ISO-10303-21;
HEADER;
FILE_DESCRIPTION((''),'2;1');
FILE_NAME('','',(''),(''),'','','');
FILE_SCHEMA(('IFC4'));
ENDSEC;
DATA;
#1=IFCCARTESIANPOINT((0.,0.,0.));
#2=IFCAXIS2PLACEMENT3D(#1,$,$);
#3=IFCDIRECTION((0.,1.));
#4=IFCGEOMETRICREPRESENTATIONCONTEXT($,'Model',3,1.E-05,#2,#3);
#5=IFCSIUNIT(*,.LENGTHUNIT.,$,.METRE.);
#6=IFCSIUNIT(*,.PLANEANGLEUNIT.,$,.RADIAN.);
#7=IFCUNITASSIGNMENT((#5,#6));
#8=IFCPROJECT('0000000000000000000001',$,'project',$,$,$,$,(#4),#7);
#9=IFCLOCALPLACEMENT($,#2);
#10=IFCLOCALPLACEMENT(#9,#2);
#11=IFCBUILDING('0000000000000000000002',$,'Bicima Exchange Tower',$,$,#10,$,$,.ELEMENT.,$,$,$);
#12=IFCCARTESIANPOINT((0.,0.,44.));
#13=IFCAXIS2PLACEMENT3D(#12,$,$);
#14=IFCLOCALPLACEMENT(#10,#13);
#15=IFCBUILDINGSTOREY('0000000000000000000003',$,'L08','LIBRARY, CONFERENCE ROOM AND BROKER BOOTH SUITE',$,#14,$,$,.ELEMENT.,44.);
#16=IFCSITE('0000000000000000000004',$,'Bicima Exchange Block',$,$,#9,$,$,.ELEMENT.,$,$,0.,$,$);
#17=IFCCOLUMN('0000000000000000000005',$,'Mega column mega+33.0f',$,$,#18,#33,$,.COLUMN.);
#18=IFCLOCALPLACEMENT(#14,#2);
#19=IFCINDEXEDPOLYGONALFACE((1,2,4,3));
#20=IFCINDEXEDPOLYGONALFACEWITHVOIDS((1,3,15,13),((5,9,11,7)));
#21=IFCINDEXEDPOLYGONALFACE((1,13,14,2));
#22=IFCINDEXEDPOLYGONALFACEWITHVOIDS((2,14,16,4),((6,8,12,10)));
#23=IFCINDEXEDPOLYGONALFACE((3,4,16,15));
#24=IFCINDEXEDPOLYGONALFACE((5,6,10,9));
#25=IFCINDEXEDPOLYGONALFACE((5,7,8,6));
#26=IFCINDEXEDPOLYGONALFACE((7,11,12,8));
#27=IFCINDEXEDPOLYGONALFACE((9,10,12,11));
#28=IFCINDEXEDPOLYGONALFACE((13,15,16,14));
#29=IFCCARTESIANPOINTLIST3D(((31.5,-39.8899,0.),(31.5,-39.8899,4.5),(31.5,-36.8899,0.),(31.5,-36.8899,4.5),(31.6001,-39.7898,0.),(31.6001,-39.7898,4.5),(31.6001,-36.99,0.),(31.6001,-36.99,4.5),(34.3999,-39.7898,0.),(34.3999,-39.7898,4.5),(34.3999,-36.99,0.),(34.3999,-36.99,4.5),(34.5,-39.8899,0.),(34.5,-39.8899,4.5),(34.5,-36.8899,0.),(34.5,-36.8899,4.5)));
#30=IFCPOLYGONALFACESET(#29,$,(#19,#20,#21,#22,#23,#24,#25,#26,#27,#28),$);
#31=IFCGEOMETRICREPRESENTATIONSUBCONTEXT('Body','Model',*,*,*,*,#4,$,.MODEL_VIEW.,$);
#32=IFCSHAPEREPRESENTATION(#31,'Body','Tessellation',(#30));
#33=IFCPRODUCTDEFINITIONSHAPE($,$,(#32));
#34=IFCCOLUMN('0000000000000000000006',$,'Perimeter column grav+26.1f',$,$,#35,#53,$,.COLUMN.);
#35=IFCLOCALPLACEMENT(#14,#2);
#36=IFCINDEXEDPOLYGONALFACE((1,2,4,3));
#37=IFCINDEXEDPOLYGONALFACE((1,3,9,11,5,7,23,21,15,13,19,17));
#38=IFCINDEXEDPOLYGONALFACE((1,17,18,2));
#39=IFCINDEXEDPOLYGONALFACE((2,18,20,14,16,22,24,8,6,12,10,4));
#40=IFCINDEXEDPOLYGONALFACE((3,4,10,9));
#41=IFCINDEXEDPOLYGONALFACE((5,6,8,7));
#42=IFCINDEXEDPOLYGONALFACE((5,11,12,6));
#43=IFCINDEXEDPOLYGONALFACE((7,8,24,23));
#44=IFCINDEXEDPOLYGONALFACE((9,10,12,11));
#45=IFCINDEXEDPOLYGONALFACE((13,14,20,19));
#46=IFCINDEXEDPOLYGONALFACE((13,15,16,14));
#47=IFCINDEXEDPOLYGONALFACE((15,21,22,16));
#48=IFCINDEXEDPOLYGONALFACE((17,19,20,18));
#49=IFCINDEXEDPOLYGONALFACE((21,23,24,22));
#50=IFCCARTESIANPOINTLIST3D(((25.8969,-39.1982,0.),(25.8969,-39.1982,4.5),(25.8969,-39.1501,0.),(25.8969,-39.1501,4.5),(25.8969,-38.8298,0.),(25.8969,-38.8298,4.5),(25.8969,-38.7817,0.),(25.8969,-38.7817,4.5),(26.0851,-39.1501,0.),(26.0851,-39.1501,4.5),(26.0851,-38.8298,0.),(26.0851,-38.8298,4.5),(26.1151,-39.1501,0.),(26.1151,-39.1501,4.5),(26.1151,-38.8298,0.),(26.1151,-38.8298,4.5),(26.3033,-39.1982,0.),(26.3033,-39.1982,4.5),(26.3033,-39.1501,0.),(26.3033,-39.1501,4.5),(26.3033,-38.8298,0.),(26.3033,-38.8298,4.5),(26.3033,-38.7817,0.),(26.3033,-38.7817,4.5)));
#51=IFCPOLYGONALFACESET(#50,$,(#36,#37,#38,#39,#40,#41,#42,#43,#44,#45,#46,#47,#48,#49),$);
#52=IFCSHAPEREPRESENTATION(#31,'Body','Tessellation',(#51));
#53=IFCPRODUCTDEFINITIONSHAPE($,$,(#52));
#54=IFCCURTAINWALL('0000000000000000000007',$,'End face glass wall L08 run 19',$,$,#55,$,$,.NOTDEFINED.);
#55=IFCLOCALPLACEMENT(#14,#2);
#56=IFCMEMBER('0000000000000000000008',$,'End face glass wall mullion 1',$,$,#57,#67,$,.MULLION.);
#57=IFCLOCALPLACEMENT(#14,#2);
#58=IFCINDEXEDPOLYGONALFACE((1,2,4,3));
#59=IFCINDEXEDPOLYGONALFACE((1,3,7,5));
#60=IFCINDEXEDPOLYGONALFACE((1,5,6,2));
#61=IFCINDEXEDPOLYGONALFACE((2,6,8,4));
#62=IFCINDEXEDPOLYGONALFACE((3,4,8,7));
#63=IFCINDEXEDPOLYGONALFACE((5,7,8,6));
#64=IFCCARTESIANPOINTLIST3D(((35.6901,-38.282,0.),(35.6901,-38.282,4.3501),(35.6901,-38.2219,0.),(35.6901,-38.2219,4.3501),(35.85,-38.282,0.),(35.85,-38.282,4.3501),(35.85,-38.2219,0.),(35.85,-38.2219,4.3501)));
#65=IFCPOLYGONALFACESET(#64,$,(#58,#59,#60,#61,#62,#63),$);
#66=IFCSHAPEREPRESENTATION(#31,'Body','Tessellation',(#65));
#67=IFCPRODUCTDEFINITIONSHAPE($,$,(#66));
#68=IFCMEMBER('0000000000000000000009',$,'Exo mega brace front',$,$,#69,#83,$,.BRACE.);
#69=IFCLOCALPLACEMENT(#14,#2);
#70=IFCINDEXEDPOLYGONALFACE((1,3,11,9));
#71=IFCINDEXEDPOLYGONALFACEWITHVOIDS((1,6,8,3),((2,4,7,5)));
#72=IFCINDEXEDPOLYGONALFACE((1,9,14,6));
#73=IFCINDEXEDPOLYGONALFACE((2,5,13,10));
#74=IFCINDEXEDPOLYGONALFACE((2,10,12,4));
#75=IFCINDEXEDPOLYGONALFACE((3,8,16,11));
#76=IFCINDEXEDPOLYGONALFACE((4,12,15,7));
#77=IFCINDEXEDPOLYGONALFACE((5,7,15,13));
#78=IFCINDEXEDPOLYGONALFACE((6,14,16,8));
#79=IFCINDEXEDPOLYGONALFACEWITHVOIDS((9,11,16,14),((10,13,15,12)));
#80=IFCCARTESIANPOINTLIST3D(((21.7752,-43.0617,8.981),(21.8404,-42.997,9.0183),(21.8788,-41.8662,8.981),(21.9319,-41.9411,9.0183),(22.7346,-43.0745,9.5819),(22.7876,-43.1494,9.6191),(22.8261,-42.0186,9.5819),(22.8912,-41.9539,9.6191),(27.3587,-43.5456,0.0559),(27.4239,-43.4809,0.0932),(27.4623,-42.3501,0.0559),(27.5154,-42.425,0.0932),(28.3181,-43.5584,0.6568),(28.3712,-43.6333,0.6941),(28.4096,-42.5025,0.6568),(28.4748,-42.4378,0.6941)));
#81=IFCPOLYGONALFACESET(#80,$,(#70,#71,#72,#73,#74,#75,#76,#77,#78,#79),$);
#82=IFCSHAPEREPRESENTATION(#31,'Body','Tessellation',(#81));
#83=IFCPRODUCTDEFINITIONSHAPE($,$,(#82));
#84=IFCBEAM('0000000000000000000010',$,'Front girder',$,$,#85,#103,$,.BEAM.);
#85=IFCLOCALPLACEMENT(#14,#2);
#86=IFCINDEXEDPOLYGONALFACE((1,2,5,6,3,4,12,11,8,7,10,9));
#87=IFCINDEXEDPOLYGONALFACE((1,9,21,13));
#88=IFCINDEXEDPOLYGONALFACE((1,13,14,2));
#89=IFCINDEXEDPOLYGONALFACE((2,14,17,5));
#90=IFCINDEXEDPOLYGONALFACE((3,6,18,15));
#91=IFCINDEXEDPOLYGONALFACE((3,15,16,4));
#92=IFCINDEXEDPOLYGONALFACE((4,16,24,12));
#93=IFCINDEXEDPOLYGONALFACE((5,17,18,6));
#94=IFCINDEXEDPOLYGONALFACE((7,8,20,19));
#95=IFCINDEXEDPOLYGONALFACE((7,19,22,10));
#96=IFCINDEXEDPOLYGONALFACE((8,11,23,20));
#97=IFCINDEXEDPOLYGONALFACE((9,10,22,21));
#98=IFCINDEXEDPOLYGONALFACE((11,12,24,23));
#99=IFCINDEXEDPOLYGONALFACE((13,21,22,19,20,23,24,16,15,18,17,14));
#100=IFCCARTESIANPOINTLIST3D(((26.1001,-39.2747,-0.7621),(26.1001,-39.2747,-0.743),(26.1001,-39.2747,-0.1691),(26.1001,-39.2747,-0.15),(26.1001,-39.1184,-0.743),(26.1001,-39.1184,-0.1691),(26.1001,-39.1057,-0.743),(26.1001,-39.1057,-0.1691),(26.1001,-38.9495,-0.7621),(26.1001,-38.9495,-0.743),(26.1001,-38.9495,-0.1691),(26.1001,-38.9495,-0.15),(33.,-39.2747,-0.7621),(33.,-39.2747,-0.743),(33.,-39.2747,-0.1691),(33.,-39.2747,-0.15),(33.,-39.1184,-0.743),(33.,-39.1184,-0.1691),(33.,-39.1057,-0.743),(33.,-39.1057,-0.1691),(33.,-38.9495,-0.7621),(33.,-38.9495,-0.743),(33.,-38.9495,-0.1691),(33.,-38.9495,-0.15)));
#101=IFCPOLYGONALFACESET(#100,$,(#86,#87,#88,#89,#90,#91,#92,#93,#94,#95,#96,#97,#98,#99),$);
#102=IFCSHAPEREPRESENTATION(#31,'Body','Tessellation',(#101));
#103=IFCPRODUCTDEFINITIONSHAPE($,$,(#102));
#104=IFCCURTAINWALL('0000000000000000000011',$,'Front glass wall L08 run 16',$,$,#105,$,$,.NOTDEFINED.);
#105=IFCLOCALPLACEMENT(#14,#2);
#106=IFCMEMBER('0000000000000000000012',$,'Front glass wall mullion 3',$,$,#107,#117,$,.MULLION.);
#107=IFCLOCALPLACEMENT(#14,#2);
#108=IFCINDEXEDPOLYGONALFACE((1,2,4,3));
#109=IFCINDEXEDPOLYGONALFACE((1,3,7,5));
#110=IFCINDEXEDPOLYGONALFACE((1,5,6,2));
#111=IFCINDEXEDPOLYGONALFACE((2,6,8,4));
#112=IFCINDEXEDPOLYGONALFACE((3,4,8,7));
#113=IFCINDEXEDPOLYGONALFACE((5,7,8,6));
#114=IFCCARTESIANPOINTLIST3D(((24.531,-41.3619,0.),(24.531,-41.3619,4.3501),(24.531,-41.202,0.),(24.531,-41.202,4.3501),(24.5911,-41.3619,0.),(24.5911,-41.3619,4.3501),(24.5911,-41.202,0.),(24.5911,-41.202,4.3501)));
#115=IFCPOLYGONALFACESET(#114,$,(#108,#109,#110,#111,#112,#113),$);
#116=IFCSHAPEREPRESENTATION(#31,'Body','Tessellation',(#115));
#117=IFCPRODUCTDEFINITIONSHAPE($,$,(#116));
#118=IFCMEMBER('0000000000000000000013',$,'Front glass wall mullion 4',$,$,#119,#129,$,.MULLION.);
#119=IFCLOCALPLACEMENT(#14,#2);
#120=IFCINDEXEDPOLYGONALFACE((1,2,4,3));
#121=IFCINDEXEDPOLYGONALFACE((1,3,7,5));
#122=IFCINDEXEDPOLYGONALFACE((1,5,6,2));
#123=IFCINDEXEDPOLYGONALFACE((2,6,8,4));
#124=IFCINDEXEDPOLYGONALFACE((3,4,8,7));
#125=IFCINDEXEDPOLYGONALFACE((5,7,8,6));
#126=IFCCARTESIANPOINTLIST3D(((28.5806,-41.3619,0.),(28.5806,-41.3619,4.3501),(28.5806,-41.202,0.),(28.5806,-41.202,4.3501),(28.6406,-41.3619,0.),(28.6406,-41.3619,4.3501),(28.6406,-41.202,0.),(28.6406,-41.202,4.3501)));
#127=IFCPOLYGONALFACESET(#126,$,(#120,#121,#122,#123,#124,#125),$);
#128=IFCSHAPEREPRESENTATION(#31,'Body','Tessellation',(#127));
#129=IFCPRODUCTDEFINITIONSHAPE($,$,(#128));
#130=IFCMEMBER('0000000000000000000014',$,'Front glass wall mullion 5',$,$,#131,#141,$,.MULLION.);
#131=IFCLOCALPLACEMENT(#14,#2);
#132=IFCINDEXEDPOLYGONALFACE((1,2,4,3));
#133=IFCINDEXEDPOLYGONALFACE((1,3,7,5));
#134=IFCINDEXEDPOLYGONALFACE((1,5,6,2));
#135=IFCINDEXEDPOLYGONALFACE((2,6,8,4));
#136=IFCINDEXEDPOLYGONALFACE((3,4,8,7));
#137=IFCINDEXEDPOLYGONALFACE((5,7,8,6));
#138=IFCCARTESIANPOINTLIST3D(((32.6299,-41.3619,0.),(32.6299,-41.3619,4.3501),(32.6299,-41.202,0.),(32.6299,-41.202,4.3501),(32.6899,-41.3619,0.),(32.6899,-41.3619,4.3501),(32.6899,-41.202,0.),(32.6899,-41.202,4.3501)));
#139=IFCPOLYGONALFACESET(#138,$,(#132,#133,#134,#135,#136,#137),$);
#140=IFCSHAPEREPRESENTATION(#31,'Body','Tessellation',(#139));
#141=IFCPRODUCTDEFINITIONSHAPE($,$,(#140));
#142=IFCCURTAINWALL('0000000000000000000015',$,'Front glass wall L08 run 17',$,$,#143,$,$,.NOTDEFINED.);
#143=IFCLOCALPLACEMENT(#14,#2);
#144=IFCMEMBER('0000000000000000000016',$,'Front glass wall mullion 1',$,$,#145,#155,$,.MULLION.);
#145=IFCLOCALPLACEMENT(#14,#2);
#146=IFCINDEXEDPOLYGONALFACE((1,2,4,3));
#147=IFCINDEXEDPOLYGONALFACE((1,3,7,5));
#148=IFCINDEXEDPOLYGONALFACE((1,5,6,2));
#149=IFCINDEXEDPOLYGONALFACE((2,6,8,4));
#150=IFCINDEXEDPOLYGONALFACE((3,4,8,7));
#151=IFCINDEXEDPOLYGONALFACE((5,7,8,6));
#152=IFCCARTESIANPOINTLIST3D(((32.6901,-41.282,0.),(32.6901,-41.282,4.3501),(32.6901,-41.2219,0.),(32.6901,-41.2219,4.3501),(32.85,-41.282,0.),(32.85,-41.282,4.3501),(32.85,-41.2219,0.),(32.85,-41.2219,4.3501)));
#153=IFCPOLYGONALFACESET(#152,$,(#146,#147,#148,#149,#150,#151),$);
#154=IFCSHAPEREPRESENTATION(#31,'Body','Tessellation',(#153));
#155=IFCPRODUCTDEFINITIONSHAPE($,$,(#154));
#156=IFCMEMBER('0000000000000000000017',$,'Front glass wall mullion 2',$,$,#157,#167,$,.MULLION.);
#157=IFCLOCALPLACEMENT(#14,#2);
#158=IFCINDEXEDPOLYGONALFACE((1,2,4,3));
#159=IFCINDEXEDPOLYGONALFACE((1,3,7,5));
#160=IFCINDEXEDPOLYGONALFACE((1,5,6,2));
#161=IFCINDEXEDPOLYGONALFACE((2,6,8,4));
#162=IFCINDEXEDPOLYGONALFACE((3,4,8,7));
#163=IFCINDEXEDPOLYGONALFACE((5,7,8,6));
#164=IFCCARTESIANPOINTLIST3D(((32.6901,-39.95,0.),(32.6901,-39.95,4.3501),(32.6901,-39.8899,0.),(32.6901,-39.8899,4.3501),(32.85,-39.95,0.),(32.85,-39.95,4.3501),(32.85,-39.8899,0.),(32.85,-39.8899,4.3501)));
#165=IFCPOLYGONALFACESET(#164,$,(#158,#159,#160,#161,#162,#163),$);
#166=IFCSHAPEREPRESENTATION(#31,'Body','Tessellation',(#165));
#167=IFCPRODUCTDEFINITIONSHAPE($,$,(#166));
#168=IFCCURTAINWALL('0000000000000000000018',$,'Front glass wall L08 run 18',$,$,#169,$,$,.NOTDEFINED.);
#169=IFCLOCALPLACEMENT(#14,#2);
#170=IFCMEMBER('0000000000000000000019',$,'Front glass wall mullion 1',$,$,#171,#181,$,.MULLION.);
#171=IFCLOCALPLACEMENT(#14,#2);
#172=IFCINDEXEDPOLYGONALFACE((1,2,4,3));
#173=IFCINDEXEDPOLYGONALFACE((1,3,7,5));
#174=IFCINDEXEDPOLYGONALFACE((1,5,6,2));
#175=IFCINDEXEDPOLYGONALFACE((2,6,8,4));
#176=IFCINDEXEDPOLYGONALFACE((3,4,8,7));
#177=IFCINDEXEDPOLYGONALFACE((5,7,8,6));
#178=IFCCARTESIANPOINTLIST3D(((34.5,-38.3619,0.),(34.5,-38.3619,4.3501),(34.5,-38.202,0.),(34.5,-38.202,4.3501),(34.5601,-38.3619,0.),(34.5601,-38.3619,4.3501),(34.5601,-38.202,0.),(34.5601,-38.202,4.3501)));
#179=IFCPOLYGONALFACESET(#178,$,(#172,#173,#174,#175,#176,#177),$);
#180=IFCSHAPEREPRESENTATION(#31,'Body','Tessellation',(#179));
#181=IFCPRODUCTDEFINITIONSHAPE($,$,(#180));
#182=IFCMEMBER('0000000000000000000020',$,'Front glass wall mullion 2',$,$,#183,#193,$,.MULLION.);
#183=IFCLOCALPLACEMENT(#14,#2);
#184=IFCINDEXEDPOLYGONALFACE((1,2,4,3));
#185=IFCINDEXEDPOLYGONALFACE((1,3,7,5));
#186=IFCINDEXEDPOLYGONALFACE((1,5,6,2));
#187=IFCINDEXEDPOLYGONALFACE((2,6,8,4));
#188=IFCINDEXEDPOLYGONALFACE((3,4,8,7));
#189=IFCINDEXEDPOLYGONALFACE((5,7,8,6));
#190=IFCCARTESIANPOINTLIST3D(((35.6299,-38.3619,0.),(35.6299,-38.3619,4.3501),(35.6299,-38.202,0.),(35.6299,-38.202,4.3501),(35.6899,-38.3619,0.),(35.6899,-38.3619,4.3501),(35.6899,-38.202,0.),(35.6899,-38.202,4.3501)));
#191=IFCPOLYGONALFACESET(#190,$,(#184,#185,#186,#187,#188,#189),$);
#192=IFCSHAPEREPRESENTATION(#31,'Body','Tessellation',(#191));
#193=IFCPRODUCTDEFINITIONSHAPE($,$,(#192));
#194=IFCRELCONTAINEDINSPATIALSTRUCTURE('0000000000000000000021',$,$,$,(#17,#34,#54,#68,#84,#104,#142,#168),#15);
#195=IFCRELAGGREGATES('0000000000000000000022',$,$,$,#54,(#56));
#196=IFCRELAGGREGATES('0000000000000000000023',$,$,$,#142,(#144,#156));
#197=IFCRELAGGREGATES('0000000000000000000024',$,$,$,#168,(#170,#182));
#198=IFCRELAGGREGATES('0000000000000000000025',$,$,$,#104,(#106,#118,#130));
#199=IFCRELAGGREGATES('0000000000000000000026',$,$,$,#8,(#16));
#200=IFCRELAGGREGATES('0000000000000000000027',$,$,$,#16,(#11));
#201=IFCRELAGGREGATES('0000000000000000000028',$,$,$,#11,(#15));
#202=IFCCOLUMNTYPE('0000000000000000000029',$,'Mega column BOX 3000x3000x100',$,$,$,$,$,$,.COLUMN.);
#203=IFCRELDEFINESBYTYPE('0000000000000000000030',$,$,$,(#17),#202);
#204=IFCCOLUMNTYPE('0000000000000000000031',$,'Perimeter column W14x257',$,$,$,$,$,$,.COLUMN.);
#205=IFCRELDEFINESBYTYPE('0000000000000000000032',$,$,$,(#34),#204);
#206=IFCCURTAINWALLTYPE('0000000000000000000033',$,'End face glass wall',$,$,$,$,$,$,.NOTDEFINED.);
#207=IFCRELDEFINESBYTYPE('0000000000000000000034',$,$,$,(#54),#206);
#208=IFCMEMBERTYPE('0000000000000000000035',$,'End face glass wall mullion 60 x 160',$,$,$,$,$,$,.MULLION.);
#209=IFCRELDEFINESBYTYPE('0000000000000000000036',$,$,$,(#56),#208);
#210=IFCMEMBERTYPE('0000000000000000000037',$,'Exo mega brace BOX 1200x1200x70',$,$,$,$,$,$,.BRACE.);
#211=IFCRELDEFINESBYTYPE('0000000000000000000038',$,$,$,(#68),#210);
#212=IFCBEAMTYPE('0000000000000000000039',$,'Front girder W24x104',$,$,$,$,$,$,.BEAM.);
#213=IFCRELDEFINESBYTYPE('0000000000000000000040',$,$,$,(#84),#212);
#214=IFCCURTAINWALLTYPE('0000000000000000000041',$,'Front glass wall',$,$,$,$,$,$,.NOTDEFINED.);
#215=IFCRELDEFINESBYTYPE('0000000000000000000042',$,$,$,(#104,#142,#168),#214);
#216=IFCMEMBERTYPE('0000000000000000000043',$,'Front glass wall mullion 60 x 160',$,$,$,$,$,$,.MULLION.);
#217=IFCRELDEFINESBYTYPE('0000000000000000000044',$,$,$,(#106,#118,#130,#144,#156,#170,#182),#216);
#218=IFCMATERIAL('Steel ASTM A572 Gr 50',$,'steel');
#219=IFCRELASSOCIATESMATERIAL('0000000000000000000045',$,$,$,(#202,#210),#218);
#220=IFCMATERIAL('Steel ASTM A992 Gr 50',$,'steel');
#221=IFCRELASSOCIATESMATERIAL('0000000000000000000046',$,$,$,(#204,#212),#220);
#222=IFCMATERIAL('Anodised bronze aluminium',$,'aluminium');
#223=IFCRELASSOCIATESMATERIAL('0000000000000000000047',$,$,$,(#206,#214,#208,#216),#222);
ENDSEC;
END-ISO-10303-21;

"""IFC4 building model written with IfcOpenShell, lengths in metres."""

from ifc_helpers import new_model, si_unit, direction, frame, origin, origin_2d, place, context, subcontext, project, spatial, rectangle, hollow_rectangle, i_section, extrude, material, material_profile, profile_set, type_object, element, aggregate, save


model = new_model("IFC4")

# Units and contexts
model_context = context("Model", 3, precision=1e-05, world=origin(), true_north=direction((0.0, 1.0)))
body_context = subcontext(model_context, "Body", "Model", "MODEL_VIEW")
ifc_project = project(units=[si_unit("LENGTHUNIT", "METRE"), si_unit("PLANEANGLEUNIT", "RADIAN")], contexts=[model_context])

# Site, building, storey
site_placement = place(None, origin())
site = spatial("IfcSite", under=ifc_project, at=site_placement, Name="Bicima Exchange Block", CompositionType="ELEMENT", RefElevation=0.0)
building_placement = place(site_placement, origin())
building = spatial("IfcBuilding", under=site, at=building_placement, Name="Bicima Exchange Tower", CompositionType="ELEMENT")
storey_placement = place(building_placement, frame((0.0, 0.0, 44.0)))
storey = spatial("IfcBuildingStorey", under=building, at=storey_placement, Name="L08", Description="LIBRARY, CONFERENCE ROOM AND BROKER BOOTH SUITE", CompositionType="ELEMENT", Elevation=44.0)

# Columns
ifc_material_1 = material(Name="Steel ASTM A572 Gr 50", Category="steel")
ifc_material_profile_1 = material_profile(ifc_material_1, hollow_rectangle(XDim=3.0, YDim=3.0, WallThickness=0.1001, at=origin_2d()))
ifc_profile_set_1 = profile_set([ifc_material_profile_1], Name="Steel ASTM A572 Gr 50")
column_type_1 = type_object("IfcColumnType", Name="Mega column BOX 3000x3000x100", PredefinedType="COLUMN", material=ifc_profile_set_1)
column_1_placement = place(storey_placement, frame((33.0, -38.3899, 0.0), z_axis=(0.0, 0.0, 1.0), x_axis=(1.0, 0.0, 0.0)))
element("IfcColumn", 1, at=column_1_placement, inside=storey, type_object=column_type_1, Name="Mega column mega+33.0f", PredefinedType="COLUMN", context=body_context, shape_type="SweptSolid", body=[
    extrude(hollow_rectangle(XDim=3.0, YDim=3.0, WallThickness=0.1001, at=origin_2d()), origin(), (0.0, 0.0, 1.0), 4.5),
])
ifc_material_2 = material(Name="Steel ASTM A992 Gr 50", Category="steel")
ifc_material_profile_2 = material_profile(ifc_material_2, i_section(OverallWidth=0.4065, OverallDepth=0.4165, WebThickness=0.03, FlangeThickness=0.0481, at=origin_2d()))
ifc_profile_set_2 = profile_set([ifc_material_profile_2], Name="Steel ASTM A992 Gr 50")
column_type_2 = type_object("IfcColumnType", Name="Perimeter column W14x257", PredefinedType="COLUMN", material=ifc_profile_set_2)
column_2_placement = place(storey_placement, frame((26.1001, -38.99, 0.0), z_axis=(0.0, 0.0, 1.0), x_axis=(1.0, 0.0, 0.0)))
element("IfcColumn", 2, at=column_2_placement, inside=storey, type_object=column_type_2, Name="Perimeter column grav+26.1f", PredefinedType="COLUMN", context=body_context, shape_type="SweptSolid", body=[
    extrude(i_section(OverallWidth=0.4065, OverallDepth=0.4165, WebThickness=0.03, FlangeThickness=0.0481, at=origin_2d()), origin(), (0.0, 0.0, 1.0), 4.5),
])

# Curtain wall, member
ifc_material_3 = material(Name="Anodised bronze aluminium", Category="aluminium")
curtain_wall_type_1 = type_object("IfcCurtainWallType", Name="End face glass wall", PredefinedType="NOTDEFINED", material=ifc_material_3)
curtain_wall_1_placement = place(storey_placement, origin())
curtain_wall_1 = element("IfcCurtainWall", 3, at=curtain_wall_1_placement, inside=storey, type_object=curtain_wall_type_1, Name="End face glass wall L08 run 19", PredefinedType="NOTDEFINED")
ifc_material_profile_3 = material_profile(ifc_material_3, rectangle(XDim=0.1599, YDim=0.0601, at=origin_2d()))
ifc_profile_set_3 = profile_set([ifc_material_profile_3], Name="Anodised bronze aluminium")
member_type_1 = type_object("IfcMemberType", Name="End face glass wall mullion 60 x 160", PredefinedType="MULLION", material=ifc_profile_set_3)
member_1_placement = place(storey_placement, frame((35.77, -38.252, 0.0), z_axis=(0.0, 0.0, 1.0), x_axis=(-1.0, 0.0, 0.0)))
member_1 = element("IfcMember", 4, at=member_1_placement, type_object=member_type_1, Name="End face glass wall mullion 1", PredefinedType="MULLION", context=body_context, shape_type="SweptSolid", body=[
    extrude(rectangle(XDim=0.1599, YDim=0.0601, at=origin_2d()), origin(), (0.0, 0.0, 1.0), 4.3501),
])
aggregate(curtain_wall_1, [member_1])

# Member
ifc_material_profile_4 = material_profile(ifc_material_1, hollow_rectangle(XDim=1.2, YDim=1.2, WallThickness=0.0701, at=origin_2d()))
ifc_profile_set_4 = profile_set([ifc_material_profile_4], Name="Steel ASTM A572 Gr 50")
member_type_2 = type_object("IfcMemberType", Name="Exo mega brace BOX 1200x1200x70", PredefinedType="BRACE", material=ifc_profile_set_4)
member_2_placement = place(storey_placement, frame((27.9167, -42.9917, 0.375), z_axis=(-0.529804, 0.045915, 0.846876), x_axis=(-0.08634, -0.996266, 0.0)))
element("IfcMember", 5, at=member_2_placement, inside=storey, type_object=member_type_2, Name="Exo mega brace front", PredefinedType="BRACE", context=body_context, shape_type="SweptSolid", body=[
    extrude(hollow_rectangle(XDim=1.2, YDim=1.2, WallThickness=0.0701, at=origin_2d()), origin(), (0.0, 0.0, 1.0), 10.5388),
])

# Beam
ifc_material_profile_5 = material_profile(ifc_material_2, i_section(OverallWidth=0.3252, OverallDepth=0.6121, WebThickness=0.0127, FlangeThickness=0.019, at=origin_2d()))
ifc_profile_set_5 = profile_set([ifc_material_profile_5], Name="Steel ASTM A992 Gr 50")
beam_type = type_object("IfcBeamType", Name="Front girder W24x104", PredefinedType="BEAM", material=ifc_profile_set_5)
beam_placement = place(storey_placement, frame((26.1001, -39.1121, -0.4561), z_axis=(1.0, 0.0, 0.0), x_axis=(0.0, 1.0, 0.0)))
element("IfcBeam", 6, at=beam_placement, inside=storey, type_object=beam_type, Name="Front girder", PredefinedType="BEAM", context=body_context, shape_type="SweptSolid", body=[
    extrude(i_section(OverallWidth=0.3252, OverallDepth=0.6121, WebThickness=0.0127, FlangeThickness=0.019, at=origin_2d()), origin(), (0.0, 0.0, 1.0), 6.8999),
])

# Curtain walls, members
curtain_wall_type_2 = type_object("IfcCurtainWallType", Name="Front glass wall", PredefinedType="NOTDEFINED", material=ifc_material_3)
curtain_wall_2_placement = place(storey_placement, origin())
curtain_wall_2 = element("IfcCurtainWall", 7, at=curtain_wall_2_placement, inside=storey, type_object=curtain_wall_type_2, Name="Front glass wall L08 run 16", PredefinedType="NOTDEFINED")
member_type_3 = type_object("IfcMemberType", Name="Front glass wall mullion 60 x 160", PredefinedType="MULLION", material=ifc_profile_set_3)
member_3_placement = place(storey_placement, frame((24.561, -41.282, 0.0), z_axis=(0.0, 0.0, 1.0), x_axis=(0.0, 1.0, 0.0)))
member_3 = element("IfcMember", 8, at=member_3_placement, type_object=member_type_3, Name="Front glass wall mullion 3", PredefinedType="MULLION", context=body_context, shape_type="SweptSolid", body=[
    extrude(rectangle(XDim=0.1599, YDim=0.0601, at=origin_2d()), origin(), (0.0, 0.0, 1.0), 4.3501),
])
member_4_placement = place(storey_placement, frame((28.6106, -41.282, 0.0), z_axis=(0.0, 0.0, 1.0), x_axis=(0.0, 1.0, 0.0)))
member_4 = element("IfcMember", 9, at=member_4_placement, type_object=member_type_3, Name="Front glass wall mullion 4", PredefinedType="MULLION", context=body_context, shape_type="SweptSolid", body=[
    extrude(rectangle(XDim=0.1599, YDim=0.0601, at=origin_2d()), origin(), (0.0, 0.0, 1.0), 4.3501),
])
member_5_placement = place(storey_placement, frame((32.6599, -41.282, 0.0), z_axis=(0.0, 0.0, 1.0), x_axis=(0.0, 1.0, 0.0)))
member_5 = element("IfcMember", 10, at=member_5_placement, type_object=member_type_3, Name="Front glass wall mullion 5", PredefinedType="MULLION", context=body_context, shape_type="SweptSolid", body=[
    extrude(rectangle(XDim=0.1599, YDim=0.0601, at=origin_2d()), origin(), (0.0, 0.0, 1.0), 4.3501),
])
curtain_wall_3_placement = place(storey_placement, origin())
curtain_wall_3 = element("IfcCurtainWall", 11, at=curtain_wall_3_placement, inside=storey, type_object=curtain_wall_type_2, Name="Front glass wall L08 run 17", PredefinedType="NOTDEFINED")
member_6_placement = place(storey_placement, frame((32.77, -41.252, 0.0), z_axis=(0.0, 0.0, 1.0), x_axis=(-1.0, 0.0, 0.0)))
member_6 = element("IfcMember", 12, at=member_6_placement, type_object=member_type_3, Name="Front glass wall mullion 1", PredefinedType="MULLION", context=body_context, shape_type="SweptSolid", body=[
    extrude(rectangle(XDim=0.1599, YDim=0.0601, at=origin_2d()), origin(), (0.0, 0.0, 1.0), 4.3501),
])
member_7_placement = place(storey_placement, frame((32.77, -39.9199, 0.0), z_axis=(0.0, 0.0, 1.0), x_axis=(-1.0, 0.0, 0.0)))
member_7 = element("IfcMember", 13, at=member_7_placement, type_object=member_type_3, Name="Front glass wall mullion 2", PredefinedType="MULLION", context=body_context, shape_type="SweptSolid", body=[
    extrude(rectangle(XDim=0.1599, YDim=0.0601, at=origin_2d()), origin(), (0.0, 0.0, 1.0), 4.3501),
])
curtain_wall_4_placement = place(storey_placement, origin())
curtain_wall_4 = element("IfcCurtainWall", 14, at=curtain_wall_4_placement, inside=storey, type_object=curtain_wall_type_2, Name="Front glass wall L08 run 18", PredefinedType="NOTDEFINED")
member_8_placement = place(storey_placement, frame((34.53, -38.282, 0.0), z_axis=(0.0, 0.0, 1.0), x_axis=(0.0, 1.0, 0.0)))
member_8 = element("IfcMember", 15, at=member_8_placement, type_object=member_type_3, Name="Front glass wall mullion 1", PredefinedType="MULLION", context=body_context, shape_type="SweptSolid", body=[
    extrude(rectangle(XDim=0.1599, YDim=0.0601, at=origin_2d()), origin(), (0.0, 0.0, 1.0), 4.3501),
])
member_9_placement = place(storey_placement, frame((35.6599, -38.282, 0.0), z_axis=(0.0, 0.0, 1.0), x_axis=(0.0, 1.0, 0.0)))
member_9 = element("IfcMember", 16, at=member_9_placement, type_object=member_type_3, Name="Front glass wall mullion 2", PredefinedType="MULLION", context=body_context, shape_type="SweptSolid", body=[
    extrude(rectangle(XDim=0.1599, YDim=0.0601, at=origin_2d()), origin(), (0.0, 0.0, 1.0), 4.3501),
])

aggregate(curtain_wall_3, [member_6, member_7])
aggregate(curtain_wall_4, [member_8, member_9])
aggregate(curtain_wall_2, [member_3, member_4, member_5])

save(model, "model.ifc")
